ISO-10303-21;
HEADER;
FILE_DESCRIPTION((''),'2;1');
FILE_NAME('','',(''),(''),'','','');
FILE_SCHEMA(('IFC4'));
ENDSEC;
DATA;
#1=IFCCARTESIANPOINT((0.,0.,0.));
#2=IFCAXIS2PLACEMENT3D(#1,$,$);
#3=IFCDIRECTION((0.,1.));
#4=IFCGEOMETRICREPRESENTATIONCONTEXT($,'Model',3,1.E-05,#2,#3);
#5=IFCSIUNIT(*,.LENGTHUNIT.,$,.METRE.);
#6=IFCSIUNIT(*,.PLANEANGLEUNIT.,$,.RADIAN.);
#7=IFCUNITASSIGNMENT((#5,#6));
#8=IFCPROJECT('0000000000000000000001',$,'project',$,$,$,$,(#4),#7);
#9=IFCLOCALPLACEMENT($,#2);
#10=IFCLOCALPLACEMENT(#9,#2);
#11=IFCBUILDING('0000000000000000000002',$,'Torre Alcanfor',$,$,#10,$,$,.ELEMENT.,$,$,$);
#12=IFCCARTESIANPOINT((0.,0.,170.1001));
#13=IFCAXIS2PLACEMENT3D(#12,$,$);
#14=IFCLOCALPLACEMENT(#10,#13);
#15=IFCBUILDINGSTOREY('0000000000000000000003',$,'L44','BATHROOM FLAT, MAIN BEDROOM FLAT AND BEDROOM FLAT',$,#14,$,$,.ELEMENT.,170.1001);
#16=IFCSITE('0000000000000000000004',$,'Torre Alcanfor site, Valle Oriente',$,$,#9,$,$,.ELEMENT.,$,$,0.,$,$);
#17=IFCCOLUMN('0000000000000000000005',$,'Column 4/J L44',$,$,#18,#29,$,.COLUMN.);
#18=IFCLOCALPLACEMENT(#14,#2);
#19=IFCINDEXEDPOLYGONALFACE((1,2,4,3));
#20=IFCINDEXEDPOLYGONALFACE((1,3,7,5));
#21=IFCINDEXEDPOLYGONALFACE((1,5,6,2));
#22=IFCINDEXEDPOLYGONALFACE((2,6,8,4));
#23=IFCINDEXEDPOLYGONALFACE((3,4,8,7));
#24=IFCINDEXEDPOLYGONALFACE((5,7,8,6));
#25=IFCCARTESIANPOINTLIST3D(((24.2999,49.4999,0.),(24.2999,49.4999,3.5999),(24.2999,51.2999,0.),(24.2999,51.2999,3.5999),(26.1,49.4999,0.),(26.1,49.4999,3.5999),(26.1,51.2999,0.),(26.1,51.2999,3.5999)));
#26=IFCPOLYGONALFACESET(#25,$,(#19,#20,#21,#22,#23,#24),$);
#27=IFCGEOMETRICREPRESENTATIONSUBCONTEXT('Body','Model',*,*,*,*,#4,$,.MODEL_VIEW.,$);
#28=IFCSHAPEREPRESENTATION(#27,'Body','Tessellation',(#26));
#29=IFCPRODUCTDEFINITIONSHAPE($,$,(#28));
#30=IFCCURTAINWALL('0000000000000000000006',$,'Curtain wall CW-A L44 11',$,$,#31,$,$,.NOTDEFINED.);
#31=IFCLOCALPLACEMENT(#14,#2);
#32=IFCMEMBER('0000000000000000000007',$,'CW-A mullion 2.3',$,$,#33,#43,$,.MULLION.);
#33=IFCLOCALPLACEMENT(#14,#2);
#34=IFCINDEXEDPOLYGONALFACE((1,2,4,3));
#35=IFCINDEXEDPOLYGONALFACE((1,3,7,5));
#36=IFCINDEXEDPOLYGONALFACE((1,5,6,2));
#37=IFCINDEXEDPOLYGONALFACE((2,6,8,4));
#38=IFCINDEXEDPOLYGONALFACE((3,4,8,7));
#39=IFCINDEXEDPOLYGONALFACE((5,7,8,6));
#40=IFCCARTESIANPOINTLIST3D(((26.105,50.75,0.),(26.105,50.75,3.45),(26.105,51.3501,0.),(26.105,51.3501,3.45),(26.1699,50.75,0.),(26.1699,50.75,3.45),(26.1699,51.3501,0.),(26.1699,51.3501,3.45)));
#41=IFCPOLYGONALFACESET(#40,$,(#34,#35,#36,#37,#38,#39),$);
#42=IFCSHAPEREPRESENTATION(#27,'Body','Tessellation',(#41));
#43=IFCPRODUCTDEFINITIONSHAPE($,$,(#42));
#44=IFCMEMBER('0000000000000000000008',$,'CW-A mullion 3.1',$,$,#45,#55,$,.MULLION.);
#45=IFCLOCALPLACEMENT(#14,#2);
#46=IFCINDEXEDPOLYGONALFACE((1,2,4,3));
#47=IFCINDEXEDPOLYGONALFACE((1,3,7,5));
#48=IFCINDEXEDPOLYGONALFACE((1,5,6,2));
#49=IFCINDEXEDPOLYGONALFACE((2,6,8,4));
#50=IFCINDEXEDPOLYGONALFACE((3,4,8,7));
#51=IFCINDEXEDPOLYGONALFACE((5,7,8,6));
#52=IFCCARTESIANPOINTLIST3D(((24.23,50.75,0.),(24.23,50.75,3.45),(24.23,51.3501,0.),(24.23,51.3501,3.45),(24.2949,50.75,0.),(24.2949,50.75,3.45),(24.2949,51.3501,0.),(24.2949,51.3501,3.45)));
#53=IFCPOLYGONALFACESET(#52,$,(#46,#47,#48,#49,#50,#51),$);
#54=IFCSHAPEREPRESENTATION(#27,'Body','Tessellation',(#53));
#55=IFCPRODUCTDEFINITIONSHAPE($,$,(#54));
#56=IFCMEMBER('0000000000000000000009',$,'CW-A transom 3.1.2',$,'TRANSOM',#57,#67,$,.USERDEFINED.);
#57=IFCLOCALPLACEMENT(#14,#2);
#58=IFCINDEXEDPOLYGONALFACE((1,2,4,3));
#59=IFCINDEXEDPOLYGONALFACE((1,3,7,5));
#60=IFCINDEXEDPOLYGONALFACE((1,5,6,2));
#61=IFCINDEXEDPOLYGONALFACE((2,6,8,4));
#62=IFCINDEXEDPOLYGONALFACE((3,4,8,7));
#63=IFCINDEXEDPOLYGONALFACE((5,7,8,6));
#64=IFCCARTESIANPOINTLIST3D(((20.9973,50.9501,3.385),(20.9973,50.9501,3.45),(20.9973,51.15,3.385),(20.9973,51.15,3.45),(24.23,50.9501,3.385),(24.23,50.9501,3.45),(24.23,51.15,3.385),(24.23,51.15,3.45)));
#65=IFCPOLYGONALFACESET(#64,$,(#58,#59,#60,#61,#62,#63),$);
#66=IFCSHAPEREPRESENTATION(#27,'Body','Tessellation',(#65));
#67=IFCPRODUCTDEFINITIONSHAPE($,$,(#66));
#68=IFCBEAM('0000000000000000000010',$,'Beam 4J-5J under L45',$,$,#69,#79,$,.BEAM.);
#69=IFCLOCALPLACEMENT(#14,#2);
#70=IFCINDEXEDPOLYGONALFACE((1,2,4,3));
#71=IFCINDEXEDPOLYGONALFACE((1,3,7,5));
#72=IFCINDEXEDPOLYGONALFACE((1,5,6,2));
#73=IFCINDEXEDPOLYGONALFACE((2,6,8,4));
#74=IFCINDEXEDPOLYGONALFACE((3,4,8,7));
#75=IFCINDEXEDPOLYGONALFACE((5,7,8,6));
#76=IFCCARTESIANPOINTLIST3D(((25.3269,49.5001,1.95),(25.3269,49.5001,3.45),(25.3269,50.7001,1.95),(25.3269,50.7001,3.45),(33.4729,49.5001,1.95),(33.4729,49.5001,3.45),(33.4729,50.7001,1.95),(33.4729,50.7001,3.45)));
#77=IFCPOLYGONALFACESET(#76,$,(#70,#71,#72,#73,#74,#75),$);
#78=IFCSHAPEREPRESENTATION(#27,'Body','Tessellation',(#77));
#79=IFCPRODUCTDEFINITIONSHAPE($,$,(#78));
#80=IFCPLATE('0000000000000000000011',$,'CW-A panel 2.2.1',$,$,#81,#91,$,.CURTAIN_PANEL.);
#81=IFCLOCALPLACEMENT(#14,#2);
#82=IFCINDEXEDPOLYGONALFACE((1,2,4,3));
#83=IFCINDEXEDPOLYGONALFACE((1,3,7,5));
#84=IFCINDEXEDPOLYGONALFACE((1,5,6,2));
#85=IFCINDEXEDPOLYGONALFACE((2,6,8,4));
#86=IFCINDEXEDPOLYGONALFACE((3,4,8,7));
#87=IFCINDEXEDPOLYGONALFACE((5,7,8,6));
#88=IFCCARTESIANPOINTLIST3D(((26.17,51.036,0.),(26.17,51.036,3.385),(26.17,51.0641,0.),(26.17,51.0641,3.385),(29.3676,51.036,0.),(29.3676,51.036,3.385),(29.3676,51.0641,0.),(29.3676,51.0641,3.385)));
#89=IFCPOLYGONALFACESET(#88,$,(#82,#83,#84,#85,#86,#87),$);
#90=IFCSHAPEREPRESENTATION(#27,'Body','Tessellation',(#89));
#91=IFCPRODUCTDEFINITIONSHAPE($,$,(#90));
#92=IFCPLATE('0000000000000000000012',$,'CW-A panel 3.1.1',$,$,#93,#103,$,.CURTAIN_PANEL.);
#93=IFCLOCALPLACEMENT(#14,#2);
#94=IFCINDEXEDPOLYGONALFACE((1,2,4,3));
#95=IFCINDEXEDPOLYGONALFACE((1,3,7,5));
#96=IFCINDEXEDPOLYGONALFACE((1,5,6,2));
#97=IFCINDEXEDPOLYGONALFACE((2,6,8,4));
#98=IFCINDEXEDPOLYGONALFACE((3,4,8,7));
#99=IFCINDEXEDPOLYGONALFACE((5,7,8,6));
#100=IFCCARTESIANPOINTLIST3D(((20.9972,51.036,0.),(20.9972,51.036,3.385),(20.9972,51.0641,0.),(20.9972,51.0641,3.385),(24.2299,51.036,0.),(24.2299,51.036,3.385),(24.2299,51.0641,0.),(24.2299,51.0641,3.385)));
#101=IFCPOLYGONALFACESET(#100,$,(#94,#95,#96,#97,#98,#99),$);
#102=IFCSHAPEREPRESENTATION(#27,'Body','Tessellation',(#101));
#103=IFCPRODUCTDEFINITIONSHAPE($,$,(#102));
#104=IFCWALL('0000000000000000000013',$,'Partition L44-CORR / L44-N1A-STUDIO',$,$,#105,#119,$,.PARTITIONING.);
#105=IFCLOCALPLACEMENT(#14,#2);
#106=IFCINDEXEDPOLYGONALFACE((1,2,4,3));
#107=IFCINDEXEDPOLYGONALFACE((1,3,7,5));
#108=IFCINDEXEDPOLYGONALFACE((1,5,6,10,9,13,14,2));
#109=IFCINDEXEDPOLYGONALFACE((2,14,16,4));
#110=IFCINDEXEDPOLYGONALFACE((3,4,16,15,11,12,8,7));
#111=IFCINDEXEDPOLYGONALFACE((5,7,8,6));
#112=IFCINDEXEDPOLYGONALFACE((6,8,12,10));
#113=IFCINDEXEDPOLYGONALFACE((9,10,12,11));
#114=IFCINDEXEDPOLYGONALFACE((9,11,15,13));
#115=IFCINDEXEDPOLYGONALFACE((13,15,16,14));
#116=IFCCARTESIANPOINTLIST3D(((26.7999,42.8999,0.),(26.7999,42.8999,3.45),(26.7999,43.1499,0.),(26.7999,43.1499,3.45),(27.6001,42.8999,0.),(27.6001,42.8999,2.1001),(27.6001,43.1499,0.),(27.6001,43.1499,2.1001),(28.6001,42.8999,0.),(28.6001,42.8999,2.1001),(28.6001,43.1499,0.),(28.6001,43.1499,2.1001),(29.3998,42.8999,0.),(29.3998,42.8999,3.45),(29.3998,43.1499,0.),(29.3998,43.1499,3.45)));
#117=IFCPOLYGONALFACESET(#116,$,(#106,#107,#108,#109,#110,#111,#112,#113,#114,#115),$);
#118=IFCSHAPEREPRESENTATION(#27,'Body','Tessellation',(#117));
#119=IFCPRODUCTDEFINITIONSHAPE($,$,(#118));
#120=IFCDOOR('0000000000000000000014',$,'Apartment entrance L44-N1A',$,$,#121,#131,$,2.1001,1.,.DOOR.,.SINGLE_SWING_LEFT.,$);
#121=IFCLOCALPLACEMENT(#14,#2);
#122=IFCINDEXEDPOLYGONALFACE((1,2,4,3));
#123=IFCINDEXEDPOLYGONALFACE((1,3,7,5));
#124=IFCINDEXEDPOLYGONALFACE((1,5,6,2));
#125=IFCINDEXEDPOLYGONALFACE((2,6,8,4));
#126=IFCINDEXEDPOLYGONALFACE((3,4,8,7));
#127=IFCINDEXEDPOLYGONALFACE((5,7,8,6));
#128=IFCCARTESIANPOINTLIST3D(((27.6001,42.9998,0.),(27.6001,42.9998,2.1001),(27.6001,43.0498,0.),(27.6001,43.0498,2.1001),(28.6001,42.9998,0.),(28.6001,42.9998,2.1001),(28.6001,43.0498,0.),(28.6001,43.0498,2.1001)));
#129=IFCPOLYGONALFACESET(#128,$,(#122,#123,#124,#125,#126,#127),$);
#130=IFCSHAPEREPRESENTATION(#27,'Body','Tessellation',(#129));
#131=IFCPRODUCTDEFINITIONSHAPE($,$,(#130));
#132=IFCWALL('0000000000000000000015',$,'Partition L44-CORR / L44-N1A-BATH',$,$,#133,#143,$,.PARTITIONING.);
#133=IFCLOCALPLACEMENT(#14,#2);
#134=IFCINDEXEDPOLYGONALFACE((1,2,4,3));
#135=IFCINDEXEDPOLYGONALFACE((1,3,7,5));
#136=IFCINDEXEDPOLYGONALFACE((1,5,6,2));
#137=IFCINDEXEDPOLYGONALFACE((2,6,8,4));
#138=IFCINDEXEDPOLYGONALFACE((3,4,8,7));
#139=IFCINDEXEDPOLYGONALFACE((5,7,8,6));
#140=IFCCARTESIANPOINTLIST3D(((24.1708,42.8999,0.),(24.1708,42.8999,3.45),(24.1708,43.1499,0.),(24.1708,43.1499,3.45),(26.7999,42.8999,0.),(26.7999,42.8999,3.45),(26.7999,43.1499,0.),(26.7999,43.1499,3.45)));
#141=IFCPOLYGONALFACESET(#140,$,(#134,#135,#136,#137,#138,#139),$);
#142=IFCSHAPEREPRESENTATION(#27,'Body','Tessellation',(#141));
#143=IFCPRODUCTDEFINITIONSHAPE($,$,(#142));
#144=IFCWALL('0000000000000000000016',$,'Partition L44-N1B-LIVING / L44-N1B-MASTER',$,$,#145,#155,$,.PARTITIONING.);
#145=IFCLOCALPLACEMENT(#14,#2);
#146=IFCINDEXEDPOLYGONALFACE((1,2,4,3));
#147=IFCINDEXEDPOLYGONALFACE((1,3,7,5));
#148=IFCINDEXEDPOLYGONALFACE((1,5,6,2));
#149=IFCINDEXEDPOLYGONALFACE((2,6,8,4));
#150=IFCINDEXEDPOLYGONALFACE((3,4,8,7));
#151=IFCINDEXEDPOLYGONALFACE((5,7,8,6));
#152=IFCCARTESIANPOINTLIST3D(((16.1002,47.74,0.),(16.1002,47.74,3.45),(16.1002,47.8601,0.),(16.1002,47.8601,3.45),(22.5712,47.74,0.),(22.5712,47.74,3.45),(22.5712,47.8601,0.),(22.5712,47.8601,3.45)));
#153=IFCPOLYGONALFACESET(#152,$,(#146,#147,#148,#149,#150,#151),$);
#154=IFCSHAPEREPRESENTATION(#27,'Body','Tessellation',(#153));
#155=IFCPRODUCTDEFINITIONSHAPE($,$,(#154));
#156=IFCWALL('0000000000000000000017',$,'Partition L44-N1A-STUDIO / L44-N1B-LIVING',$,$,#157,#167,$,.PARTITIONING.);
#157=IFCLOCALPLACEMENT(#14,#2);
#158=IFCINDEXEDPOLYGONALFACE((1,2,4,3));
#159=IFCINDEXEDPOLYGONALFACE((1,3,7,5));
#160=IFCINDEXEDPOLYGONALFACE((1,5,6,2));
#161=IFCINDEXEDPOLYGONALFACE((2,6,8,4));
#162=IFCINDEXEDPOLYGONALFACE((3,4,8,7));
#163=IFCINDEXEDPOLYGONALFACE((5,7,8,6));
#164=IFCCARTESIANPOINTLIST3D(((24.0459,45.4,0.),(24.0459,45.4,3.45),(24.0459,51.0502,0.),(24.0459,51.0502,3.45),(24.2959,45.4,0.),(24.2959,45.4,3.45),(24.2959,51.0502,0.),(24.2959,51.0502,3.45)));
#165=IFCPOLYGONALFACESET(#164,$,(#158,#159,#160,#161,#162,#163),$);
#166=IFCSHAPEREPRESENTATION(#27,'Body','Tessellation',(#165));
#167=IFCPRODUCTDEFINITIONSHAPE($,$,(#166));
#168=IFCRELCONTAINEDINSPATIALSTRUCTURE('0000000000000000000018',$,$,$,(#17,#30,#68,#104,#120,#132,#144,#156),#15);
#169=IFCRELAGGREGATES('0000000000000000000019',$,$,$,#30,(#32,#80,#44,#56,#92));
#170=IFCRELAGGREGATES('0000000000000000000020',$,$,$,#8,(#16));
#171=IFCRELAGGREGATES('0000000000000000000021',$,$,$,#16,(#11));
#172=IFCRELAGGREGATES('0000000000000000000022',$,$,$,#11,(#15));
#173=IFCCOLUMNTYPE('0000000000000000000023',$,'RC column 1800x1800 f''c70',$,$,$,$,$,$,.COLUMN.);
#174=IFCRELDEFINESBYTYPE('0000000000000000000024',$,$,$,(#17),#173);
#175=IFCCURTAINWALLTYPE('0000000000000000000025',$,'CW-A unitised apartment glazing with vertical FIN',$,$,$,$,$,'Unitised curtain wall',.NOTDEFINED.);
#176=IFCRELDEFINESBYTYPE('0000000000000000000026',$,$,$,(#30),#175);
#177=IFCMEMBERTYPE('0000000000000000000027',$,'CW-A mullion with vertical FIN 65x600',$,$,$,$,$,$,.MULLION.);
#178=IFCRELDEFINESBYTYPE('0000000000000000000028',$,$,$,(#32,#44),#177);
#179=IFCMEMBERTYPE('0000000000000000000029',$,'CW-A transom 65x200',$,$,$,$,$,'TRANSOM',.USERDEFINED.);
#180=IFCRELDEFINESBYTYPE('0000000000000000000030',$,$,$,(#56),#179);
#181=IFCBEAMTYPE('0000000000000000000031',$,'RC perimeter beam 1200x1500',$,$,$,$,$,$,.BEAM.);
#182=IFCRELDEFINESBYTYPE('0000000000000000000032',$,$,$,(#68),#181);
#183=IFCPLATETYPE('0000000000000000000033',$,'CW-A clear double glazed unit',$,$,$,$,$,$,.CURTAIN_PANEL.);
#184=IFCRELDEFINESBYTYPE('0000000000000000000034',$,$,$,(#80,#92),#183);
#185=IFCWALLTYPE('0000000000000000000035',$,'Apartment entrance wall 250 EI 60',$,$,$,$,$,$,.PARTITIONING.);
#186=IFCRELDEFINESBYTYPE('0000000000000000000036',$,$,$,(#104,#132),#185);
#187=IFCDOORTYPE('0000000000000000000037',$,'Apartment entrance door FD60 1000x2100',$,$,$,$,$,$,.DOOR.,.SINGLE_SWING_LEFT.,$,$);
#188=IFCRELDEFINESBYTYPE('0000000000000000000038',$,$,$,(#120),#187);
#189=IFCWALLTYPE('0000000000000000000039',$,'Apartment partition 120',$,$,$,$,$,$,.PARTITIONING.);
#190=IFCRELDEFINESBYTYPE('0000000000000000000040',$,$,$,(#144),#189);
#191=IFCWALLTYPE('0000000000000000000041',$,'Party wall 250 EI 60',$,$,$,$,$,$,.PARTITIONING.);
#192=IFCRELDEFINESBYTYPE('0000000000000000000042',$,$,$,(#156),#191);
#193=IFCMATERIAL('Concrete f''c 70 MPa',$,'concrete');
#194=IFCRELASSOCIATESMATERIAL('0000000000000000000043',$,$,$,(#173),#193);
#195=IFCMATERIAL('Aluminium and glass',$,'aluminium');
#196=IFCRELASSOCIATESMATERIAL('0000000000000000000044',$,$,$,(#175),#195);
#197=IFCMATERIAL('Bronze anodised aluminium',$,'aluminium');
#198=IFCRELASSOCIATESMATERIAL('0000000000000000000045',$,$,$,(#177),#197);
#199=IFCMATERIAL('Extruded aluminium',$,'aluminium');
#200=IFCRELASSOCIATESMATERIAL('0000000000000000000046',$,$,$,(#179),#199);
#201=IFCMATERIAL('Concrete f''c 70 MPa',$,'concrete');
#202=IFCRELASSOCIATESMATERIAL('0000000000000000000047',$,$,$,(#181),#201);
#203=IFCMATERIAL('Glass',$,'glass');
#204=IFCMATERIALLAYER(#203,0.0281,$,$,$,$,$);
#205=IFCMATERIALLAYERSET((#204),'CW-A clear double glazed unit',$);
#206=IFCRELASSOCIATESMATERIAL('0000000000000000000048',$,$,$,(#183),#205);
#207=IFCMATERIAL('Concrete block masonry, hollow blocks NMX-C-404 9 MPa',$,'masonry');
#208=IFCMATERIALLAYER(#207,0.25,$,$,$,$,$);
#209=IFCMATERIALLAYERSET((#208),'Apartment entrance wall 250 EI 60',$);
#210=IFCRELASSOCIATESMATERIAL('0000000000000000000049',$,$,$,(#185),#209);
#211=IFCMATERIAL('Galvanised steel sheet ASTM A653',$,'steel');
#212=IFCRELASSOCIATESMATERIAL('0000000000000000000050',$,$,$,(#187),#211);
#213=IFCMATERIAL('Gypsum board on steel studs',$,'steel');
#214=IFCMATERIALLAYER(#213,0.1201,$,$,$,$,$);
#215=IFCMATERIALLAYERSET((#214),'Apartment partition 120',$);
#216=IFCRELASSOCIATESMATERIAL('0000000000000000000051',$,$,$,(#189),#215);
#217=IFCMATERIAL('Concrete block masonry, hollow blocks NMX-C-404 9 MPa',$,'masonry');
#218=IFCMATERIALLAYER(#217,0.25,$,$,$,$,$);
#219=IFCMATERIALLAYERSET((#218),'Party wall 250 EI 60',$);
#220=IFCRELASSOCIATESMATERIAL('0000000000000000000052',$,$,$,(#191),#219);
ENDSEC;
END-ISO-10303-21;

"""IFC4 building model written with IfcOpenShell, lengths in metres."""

from ifc_helpers import new_model, si_unit, direction, frame, frame_2d, origin, origin_2d, place, context, subcontext, project, spatial, rectangle, extrude, material, layer, layer_set, material_profile, profile_set, type_object, element, fill, aggregate, save


model = new_model("IFC4")

# Units and contexts
model_context = context("Model", 3, precision=1e-05, world=origin(), true_north=direction((0.0, 1.0)))
body_context = subcontext(model_context, "Body", "Model", "MODEL_VIEW")
ifc_project = project(units=[si_unit("LENGTHUNIT", "METRE"), si_unit("PLANEANGLEUNIT", "RADIAN")], contexts=[model_context])

# Site, building, storey
site_placement = place(None, origin())
site = spatial("IfcSite", under=ifc_project, at=site_placement, Name="Torre Alcanfor site, Valle Oriente", CompositionType="ELEMENT", RefElevation=0.0)
building_placement = place(site_placement, origin())
building = spatial("IfcBuilding", under=site, at=building_placement, Name="Torre Alcanfor", CompositionType="ELEMENT")
storey_placement = place(building_placement, frame((0.0, 0.0, 170.1001)))
storey = spatial("IfcBuildingStorey", under=building, at=storey_placement, Name="L44", Description="BATHROOM FLAT, MAIN BEDROOM FLAT AND BEDROOM FLAT", CompositionType="ELEMENT", Elevation=170.1001)

# Column
ifc_material_1 = material(Name="Concrete f'c 70 MPa", Category="concrete")
ifc_material_profile_1 = material_profile(ifc_material_1, rectangle(XDim=1.8, YDim=1.8, at=origin_2d()), Name="1800x1800")
ifc_profile_set_1 = profile_set([ifc_material_profile_1], Name="Concrete f'c 70 MPa")
column_type = type_object("IfcColumnType", Name="RC column 1800x1800 f'c70", PredefinedType="COLUMN", material=ifc_profile_set_1)
column_placement = place(storey_placement, frame((25.2, 50.3999, 0.0), z_axis=(0.0, 0.0, 1.0), x_axis=(1.0, 0.0, 0.0)))
element("IfcColumn", 1, at=column_placement, inside=storey, type_object=column_type, Name="Column 4/J L44", PredefinedType="COLUMN", context=body_context, shape_type="SweptSolid", body=[
    extrude(rectangle(XDim=1.8, YDim=1.8, at=origin_2d()), origin(), (0.0, 0.0, 1.0), 3.5999),
])

# Curtain wall, members
ifc_material_2 = material(Name="Aluminium and glass", Category="aluminium")
curtain_wall_type = type_object("IfcCurtainWallType", Name="CW-A unitised apartment glazing with vertical FIN", ElementType="Unitised curtain wall", PredefinedType="NOTDEFINED", material=ifc_material_2)
curtain_wall_placement = place(storey_placement, origin())
curtain_wall = element("IfcCurtainWall", 2, at=curtain_wall_placement, inside=storey, type_object=curtain_wall_type, Name="Curtain wall CW-A L44 11", PredefinedType="NOTDEFINED")
ifc_material_3 = material(Name="Bronze anodised aluminium", Category="aluminium")
ifc_material_profile_2 = material_profile(ifc_material_3, rectangle(XDim=0.6001, YDim=0.0649, at=origin_2d()), Name="CW-A mullion 65x600")
ifc_profile_set_2 = profile_set([ifc_material_profile_2], Name="Bronze anodised aluminium")
member_type_1 = type_object("IfcMemberType", Name="CW-A mullion with vertical FIN 65x600", PredefinedType="MULLION", material=ifc_profile_set_2)
member_1_placement = place(storey_placement, frame((26.1375, 51.05, 0.0), z_axis=(0.0, 0.0, 1.0), x_axis=(0.0, -1.0, 0.0)))
member_1 = element("IfcMember", 3, at=member_1_placement, type_object=member_type_1, Name="CW-A mullion 2.3", PredefinedType="MULLION", context=body_context, shape_type="SweptSolid", body=[
    extrude(rectangle(XDim=0.6001, YDim=0.0649, at=origin_2d()), origin(), (0.0, 0.0, 1.0), 3.45),
])
member_2_placement = place(storey_placement, frame((24.2625, 51.05, 0.0), z_axis=(0.0, 0.0, 1.0), x_axis=(0.0, -1.0, 0.0)))
member_2 = element("IfcMember", 4, at=member_2_placement, type_object=member_type_1, Name="CW-A mullion 3.1", PredefinedType="MULLION", context=body_context, shape_type="SweptSolid", body=[
    extrude(rectangle(XDim=0.6001, YDim=0.0649, at=origin_2d()), origin(), (0.0, 0.0, 1.0), 3.45),
])
ifc_material_4 = material(Name="Extruded aluminium", Category="aluminium")
ifc_material_profile_3 = material_profile(ifc_material_4, rectangle(XDim=0.2, YDim=0.0649, at=origin_2d()), Name="CW-A transom 200x65")
ifc_profile_set_3 = profile_set([ifc_material_profile_3], Name="Extruded aluminium")
member_type_2 = type_object("IfcMemberType", Name="CW-A transom 65x200", ElementType="TRANSOM", PredefinedType="USERDEFINED", material=ifc_profile_set_3)
member_3_placement = place(storey_placement, frame((24.23, 51.05, 3.4175), z_axis=(-1.0, 0.0, 0.0), x_axis=(0.0, -1.0, 0.0)))
member_3 = element("IfcMember", 5, at=member_3_placement, type_object=member_type_2, Name="CW-A transom 3.1.2", ObjectType="TRANSOM", PredefinedType="USERDEFINED", context=body_context, shape_type="SweptSolid", body=[
    extrude(rectangle(XDim=0.2, YDim=0.0649, at=origin_2d()), origin(), (0.0, 0.0, 1.0), 3.2327),
])

# Beam
ifc_material_5 = material(Name="Concrete f'c 70 MPa", Category="concrete")
ifc_material_profile_4 = material_profile(ifc_material_5, rectangle(XDim=1.2, YDim=1.5, at=origin_2d()), Name="1200x1500")
ifc_profile_set_4 = profile_set([ifc_material_profile_4], Name="Concrete f'c 70 MPa")
beam_type = type_object("IfcBeamType", Name="RC perimeter beam 1200x1500", PredefinedType="BEAM", material=ifc_profile_set_4)
beam_placement = place(storey_placement, frame((25.3269, 50.1001, 2.7), z_axis=(1.0, 0.0, 0.0), x_axis=(0.0, 1.0, 0.0)))
element("IfcBeam", 6, at=beam_placement, inside=storey, type_object=beam_type, Name="Beam 4J-5J under L45", PredefinedType="BEAM", context=body_context, shape_type="SweptSolid", body=[
    extrude(rectangle(XDim=1.2, YDim=1.5, at=origin_2d()), origin(), (0.0, 0.0, 1.0), 8.146),
])

# Plates
ifc_material_6 = material(Name="Glass", Category="glass")
ifc_layer_1 = layer(ifc_material_6, 0.0281)
ifc_layer_set_1 = layer_set([ifc_layer_1], Name="CW-A clear double glazed unit")
plate_type = type_object("IfcPlateType", Name="CW-A clear double glazed unit", PredefinedType="CURTAIN_PANEL", material=ifc_layer_set_1)
plate_1_placement = place(storey_placement, frame((27.7688, 51.05, 0.0), z_axis=(0.0, 0.0, 1.0), x_axis=(-1.0, 0.0, 0.0)))
plate_1 = element("IfcPlate", 7, at=plate_1_placement, type_object=plate_type, Name="CW-A panel 2.2.1", PredefinedType="CURTAIN_PANEL", context=body_context, shape_type="SweptSolid", body=[
    extrude(rectangle(XDim=3.1975, YDim=0.0281, at=origin_2d()), origin(), (0.0, 0.0, 1.0), 3.385),
])
plate_2_placement = place(storey_placement, frame((22.6135, 51.05, 0.0), z_axis=(0.0, 0.0, 1.0), x_axis=(-1.0, 0.0, 0.0)))
plate_2 = element("IfcPlate", 8, at=plate_2_placement, type_object=plate_type, Name="CW-A panel 3.1.1", PredefinedType="CURTAIN_PANEL", context=body_context, shape_type="SweptSolid", body=[
    extrude(rectangle(XDim=3.2327, YDim=0.0281, at=origin_2d()), origin(), (0.0, 0.0, 1.0), 3.385),
])
aggregate(curtain_wall, [member_1, plate_1, member_2, member_3, plate_2])

# Wall, opening, door
ifc_material_7 = material(Name="Concrete block masonry, hollow blocks NMX-C-404 9 MPa", Category="masonry")
ifc_layer_2 = layer(ifc_material_7, 0.25)
ifc_layer_set_2 = layer_set([ifc_layer_2], Name="Apartment entrance wall 250 EI 60")
wall_type_1 = type_object("IfcWallType", Name="Apartment entrance wall 250 EI 60", PredefinedType="PARTITIONING", material=ifc_layer_set_2)
wall_1_placement = place(storey_placement, frame((26.8, 43.0249, 0.0), z_axis=(0.0, 0.0, 1.0), x_axis=(1.0, 0.0, 0.0)))
wall_1 = element("IfcWall", 9, at=wall_1_placement, inside=storey, type_object=wall_type_1, Name="Partition L44-CORR / L44-N1A-STUDIO", PredefinedType="PARTITIONING", context=body_context, shape_type="SweptSolid", body=[
    extrude(rectangle(XDim=2.5999, YDim=0.25, at=frame_2d((1.2998, 0.0))), origin(), (0.0, 0.0, 1.0), 3.45),
])
opening_1_placement = place(wall_1_placement, frame((0.8, 0.0, 0.0)))
opening_1 = element("IfcOpeningElement", 10, at=opening_1_placement, cuts=wall_1, PredefinedType="OPENING", context=body_context, shape_type="SweptSolid", body=[
    extrude(rectangle(XDim=1.0, YDim=2.1001, at=frame_2d((0.5, 1.05))), frame((0.0, 0.135, 0.0), z_axis=(0.0, -1.0, 0.0), x_axis=(1.0, 0.0, 0.0)), (0.0, 0.0, 1.0), 0.27),
])
ifc_material_8 = material(Name="Galvanised steel sheet ASTM A653", Category="steel")
door_type_1 = type_object("IfcDoorType", Name="Apartment entrance door FD60 1000x2100", OperationType="SINGLE_SWING_LEFT", PredefinedType="DOOR", material=ifc_material_8)
door_1_placement = place(opening_1_placement, origin())
door_1 = element("IfcDoor", 11, at=door_1_placement, inside=storey, type_object=door_type_1, Name="Apartment entrance L44-N1A", OperationType="SINGLE_SWING_LEFT", OverallHeight=2.1001, OverallWidth=1.0, PredefinedType="DOOR", context=body_context, shape_type="SweptSolid", body=[
    extrude(rectangle(XDim=1.0, YDim=2.1001, at=frame_2d((0.5, 1.05))), frame((0.0, 0.0249, 0.0), z_axis=(0.0, -1.0, 0.0), x_axis=(1.0, 0.0, 0.0)), (0.0, 0.0, 1.0), 0.05),
])
fill(opening_1, door_1)

# Walls
wall_2_placement = place(storey_placement, frame((24.1709, 43.0249, 0.0), z_axis=(0.0, 0.0, 1.0), x_axis=(1.0, 0.0, 0.0)))
element("IfcWall", 12, at=wall_2_placement, inside=storey, type_object=wall_type_1, Name="Partition L44-CORR / L44-N1A-BATH", PredefinedType="PARTITIONING", context=body_context, shape_type="SweptSolid", body=[
    extrude(rectangle(XDim=2.6292, YDim=0.25, at=frame_2d((1.3145, 0.0))), origin(), (0.0, 0.0, 1.0), 3.45),
])
ifc_material_9 = material(Name="Gypsum board on steel studs", Category="steel")
ifc_layer_3 = layer(ifc_material_9, 0.1201)
ifc_layer_set_3 = layer_set([ifc_layer_3], Name="Apartment partition 120")
wall_type_2 = type_object("IfcWallType", Name="Apartment partition 120", PredefinedType="PARTITIONING", material=ifc_layer_set_3)
wall_3_placement = place(storey_placement, frame((22.571, 47.8, 0.0), z_axis=(0.0, 0.0, 1.0), x_axis=(-1.0, 0.0, 0.0)))
element("IfcWall", 13, at=wall_3_placement, inside=storey, type_object=wall_type_2, Name="Partition L44-N1B-LIVING / L44-N1B-MASTER", PredefinedType="PARTITIONING", context=body_context, shape_type="SweptSolid", body=[
    extrude(rectangle(XDim=6.4709, YDim=0.1201, at=frame_2d((3.2354, 0.0))), origin(), (0.0, 0.0, 1.0), 3.45),
])
ifc_material_10 = material(Name="Concrete block masonry, hollow blocks NMX-C-404 9 MPa", Category="masonry")
ifc_layer_4 = layer(ifc_material_10, 0.25)
ifc_layer_set_4 = layer_set([ifc_layer_4], Name="Party wall 250 EI 60")
wall_type_3 = type_object("IfcWallType", Name="Party wall 250 EI 60", PredefinedType="PARTITIONING", material=ifc_layer_set_4)
wall_4_placement = place(storey_placement, frame((24.1709, 45.3999, 0.0), z_axis=(0.0, 0.0, 1.0), x_axis=(0.0, 1.0, 0.0)))
element("IfcWall", 14, at=wall_4_placement, inside=storey, type_object=wall_type_3, Name="Partition L44-N1A-STUDIO / L44-N1B-LIVING", PredefinedType="PARTITIONING", context=body_context, shape_type="SweptSolid", body=[
    extrude(rectangle(XDim=5.6501, YDim=0.25, at=frame_2d((2.8252, 0.0))), origin(), (0.0, 0.0, 1.0), 3.45),
])

save(model, "model.ifc")
